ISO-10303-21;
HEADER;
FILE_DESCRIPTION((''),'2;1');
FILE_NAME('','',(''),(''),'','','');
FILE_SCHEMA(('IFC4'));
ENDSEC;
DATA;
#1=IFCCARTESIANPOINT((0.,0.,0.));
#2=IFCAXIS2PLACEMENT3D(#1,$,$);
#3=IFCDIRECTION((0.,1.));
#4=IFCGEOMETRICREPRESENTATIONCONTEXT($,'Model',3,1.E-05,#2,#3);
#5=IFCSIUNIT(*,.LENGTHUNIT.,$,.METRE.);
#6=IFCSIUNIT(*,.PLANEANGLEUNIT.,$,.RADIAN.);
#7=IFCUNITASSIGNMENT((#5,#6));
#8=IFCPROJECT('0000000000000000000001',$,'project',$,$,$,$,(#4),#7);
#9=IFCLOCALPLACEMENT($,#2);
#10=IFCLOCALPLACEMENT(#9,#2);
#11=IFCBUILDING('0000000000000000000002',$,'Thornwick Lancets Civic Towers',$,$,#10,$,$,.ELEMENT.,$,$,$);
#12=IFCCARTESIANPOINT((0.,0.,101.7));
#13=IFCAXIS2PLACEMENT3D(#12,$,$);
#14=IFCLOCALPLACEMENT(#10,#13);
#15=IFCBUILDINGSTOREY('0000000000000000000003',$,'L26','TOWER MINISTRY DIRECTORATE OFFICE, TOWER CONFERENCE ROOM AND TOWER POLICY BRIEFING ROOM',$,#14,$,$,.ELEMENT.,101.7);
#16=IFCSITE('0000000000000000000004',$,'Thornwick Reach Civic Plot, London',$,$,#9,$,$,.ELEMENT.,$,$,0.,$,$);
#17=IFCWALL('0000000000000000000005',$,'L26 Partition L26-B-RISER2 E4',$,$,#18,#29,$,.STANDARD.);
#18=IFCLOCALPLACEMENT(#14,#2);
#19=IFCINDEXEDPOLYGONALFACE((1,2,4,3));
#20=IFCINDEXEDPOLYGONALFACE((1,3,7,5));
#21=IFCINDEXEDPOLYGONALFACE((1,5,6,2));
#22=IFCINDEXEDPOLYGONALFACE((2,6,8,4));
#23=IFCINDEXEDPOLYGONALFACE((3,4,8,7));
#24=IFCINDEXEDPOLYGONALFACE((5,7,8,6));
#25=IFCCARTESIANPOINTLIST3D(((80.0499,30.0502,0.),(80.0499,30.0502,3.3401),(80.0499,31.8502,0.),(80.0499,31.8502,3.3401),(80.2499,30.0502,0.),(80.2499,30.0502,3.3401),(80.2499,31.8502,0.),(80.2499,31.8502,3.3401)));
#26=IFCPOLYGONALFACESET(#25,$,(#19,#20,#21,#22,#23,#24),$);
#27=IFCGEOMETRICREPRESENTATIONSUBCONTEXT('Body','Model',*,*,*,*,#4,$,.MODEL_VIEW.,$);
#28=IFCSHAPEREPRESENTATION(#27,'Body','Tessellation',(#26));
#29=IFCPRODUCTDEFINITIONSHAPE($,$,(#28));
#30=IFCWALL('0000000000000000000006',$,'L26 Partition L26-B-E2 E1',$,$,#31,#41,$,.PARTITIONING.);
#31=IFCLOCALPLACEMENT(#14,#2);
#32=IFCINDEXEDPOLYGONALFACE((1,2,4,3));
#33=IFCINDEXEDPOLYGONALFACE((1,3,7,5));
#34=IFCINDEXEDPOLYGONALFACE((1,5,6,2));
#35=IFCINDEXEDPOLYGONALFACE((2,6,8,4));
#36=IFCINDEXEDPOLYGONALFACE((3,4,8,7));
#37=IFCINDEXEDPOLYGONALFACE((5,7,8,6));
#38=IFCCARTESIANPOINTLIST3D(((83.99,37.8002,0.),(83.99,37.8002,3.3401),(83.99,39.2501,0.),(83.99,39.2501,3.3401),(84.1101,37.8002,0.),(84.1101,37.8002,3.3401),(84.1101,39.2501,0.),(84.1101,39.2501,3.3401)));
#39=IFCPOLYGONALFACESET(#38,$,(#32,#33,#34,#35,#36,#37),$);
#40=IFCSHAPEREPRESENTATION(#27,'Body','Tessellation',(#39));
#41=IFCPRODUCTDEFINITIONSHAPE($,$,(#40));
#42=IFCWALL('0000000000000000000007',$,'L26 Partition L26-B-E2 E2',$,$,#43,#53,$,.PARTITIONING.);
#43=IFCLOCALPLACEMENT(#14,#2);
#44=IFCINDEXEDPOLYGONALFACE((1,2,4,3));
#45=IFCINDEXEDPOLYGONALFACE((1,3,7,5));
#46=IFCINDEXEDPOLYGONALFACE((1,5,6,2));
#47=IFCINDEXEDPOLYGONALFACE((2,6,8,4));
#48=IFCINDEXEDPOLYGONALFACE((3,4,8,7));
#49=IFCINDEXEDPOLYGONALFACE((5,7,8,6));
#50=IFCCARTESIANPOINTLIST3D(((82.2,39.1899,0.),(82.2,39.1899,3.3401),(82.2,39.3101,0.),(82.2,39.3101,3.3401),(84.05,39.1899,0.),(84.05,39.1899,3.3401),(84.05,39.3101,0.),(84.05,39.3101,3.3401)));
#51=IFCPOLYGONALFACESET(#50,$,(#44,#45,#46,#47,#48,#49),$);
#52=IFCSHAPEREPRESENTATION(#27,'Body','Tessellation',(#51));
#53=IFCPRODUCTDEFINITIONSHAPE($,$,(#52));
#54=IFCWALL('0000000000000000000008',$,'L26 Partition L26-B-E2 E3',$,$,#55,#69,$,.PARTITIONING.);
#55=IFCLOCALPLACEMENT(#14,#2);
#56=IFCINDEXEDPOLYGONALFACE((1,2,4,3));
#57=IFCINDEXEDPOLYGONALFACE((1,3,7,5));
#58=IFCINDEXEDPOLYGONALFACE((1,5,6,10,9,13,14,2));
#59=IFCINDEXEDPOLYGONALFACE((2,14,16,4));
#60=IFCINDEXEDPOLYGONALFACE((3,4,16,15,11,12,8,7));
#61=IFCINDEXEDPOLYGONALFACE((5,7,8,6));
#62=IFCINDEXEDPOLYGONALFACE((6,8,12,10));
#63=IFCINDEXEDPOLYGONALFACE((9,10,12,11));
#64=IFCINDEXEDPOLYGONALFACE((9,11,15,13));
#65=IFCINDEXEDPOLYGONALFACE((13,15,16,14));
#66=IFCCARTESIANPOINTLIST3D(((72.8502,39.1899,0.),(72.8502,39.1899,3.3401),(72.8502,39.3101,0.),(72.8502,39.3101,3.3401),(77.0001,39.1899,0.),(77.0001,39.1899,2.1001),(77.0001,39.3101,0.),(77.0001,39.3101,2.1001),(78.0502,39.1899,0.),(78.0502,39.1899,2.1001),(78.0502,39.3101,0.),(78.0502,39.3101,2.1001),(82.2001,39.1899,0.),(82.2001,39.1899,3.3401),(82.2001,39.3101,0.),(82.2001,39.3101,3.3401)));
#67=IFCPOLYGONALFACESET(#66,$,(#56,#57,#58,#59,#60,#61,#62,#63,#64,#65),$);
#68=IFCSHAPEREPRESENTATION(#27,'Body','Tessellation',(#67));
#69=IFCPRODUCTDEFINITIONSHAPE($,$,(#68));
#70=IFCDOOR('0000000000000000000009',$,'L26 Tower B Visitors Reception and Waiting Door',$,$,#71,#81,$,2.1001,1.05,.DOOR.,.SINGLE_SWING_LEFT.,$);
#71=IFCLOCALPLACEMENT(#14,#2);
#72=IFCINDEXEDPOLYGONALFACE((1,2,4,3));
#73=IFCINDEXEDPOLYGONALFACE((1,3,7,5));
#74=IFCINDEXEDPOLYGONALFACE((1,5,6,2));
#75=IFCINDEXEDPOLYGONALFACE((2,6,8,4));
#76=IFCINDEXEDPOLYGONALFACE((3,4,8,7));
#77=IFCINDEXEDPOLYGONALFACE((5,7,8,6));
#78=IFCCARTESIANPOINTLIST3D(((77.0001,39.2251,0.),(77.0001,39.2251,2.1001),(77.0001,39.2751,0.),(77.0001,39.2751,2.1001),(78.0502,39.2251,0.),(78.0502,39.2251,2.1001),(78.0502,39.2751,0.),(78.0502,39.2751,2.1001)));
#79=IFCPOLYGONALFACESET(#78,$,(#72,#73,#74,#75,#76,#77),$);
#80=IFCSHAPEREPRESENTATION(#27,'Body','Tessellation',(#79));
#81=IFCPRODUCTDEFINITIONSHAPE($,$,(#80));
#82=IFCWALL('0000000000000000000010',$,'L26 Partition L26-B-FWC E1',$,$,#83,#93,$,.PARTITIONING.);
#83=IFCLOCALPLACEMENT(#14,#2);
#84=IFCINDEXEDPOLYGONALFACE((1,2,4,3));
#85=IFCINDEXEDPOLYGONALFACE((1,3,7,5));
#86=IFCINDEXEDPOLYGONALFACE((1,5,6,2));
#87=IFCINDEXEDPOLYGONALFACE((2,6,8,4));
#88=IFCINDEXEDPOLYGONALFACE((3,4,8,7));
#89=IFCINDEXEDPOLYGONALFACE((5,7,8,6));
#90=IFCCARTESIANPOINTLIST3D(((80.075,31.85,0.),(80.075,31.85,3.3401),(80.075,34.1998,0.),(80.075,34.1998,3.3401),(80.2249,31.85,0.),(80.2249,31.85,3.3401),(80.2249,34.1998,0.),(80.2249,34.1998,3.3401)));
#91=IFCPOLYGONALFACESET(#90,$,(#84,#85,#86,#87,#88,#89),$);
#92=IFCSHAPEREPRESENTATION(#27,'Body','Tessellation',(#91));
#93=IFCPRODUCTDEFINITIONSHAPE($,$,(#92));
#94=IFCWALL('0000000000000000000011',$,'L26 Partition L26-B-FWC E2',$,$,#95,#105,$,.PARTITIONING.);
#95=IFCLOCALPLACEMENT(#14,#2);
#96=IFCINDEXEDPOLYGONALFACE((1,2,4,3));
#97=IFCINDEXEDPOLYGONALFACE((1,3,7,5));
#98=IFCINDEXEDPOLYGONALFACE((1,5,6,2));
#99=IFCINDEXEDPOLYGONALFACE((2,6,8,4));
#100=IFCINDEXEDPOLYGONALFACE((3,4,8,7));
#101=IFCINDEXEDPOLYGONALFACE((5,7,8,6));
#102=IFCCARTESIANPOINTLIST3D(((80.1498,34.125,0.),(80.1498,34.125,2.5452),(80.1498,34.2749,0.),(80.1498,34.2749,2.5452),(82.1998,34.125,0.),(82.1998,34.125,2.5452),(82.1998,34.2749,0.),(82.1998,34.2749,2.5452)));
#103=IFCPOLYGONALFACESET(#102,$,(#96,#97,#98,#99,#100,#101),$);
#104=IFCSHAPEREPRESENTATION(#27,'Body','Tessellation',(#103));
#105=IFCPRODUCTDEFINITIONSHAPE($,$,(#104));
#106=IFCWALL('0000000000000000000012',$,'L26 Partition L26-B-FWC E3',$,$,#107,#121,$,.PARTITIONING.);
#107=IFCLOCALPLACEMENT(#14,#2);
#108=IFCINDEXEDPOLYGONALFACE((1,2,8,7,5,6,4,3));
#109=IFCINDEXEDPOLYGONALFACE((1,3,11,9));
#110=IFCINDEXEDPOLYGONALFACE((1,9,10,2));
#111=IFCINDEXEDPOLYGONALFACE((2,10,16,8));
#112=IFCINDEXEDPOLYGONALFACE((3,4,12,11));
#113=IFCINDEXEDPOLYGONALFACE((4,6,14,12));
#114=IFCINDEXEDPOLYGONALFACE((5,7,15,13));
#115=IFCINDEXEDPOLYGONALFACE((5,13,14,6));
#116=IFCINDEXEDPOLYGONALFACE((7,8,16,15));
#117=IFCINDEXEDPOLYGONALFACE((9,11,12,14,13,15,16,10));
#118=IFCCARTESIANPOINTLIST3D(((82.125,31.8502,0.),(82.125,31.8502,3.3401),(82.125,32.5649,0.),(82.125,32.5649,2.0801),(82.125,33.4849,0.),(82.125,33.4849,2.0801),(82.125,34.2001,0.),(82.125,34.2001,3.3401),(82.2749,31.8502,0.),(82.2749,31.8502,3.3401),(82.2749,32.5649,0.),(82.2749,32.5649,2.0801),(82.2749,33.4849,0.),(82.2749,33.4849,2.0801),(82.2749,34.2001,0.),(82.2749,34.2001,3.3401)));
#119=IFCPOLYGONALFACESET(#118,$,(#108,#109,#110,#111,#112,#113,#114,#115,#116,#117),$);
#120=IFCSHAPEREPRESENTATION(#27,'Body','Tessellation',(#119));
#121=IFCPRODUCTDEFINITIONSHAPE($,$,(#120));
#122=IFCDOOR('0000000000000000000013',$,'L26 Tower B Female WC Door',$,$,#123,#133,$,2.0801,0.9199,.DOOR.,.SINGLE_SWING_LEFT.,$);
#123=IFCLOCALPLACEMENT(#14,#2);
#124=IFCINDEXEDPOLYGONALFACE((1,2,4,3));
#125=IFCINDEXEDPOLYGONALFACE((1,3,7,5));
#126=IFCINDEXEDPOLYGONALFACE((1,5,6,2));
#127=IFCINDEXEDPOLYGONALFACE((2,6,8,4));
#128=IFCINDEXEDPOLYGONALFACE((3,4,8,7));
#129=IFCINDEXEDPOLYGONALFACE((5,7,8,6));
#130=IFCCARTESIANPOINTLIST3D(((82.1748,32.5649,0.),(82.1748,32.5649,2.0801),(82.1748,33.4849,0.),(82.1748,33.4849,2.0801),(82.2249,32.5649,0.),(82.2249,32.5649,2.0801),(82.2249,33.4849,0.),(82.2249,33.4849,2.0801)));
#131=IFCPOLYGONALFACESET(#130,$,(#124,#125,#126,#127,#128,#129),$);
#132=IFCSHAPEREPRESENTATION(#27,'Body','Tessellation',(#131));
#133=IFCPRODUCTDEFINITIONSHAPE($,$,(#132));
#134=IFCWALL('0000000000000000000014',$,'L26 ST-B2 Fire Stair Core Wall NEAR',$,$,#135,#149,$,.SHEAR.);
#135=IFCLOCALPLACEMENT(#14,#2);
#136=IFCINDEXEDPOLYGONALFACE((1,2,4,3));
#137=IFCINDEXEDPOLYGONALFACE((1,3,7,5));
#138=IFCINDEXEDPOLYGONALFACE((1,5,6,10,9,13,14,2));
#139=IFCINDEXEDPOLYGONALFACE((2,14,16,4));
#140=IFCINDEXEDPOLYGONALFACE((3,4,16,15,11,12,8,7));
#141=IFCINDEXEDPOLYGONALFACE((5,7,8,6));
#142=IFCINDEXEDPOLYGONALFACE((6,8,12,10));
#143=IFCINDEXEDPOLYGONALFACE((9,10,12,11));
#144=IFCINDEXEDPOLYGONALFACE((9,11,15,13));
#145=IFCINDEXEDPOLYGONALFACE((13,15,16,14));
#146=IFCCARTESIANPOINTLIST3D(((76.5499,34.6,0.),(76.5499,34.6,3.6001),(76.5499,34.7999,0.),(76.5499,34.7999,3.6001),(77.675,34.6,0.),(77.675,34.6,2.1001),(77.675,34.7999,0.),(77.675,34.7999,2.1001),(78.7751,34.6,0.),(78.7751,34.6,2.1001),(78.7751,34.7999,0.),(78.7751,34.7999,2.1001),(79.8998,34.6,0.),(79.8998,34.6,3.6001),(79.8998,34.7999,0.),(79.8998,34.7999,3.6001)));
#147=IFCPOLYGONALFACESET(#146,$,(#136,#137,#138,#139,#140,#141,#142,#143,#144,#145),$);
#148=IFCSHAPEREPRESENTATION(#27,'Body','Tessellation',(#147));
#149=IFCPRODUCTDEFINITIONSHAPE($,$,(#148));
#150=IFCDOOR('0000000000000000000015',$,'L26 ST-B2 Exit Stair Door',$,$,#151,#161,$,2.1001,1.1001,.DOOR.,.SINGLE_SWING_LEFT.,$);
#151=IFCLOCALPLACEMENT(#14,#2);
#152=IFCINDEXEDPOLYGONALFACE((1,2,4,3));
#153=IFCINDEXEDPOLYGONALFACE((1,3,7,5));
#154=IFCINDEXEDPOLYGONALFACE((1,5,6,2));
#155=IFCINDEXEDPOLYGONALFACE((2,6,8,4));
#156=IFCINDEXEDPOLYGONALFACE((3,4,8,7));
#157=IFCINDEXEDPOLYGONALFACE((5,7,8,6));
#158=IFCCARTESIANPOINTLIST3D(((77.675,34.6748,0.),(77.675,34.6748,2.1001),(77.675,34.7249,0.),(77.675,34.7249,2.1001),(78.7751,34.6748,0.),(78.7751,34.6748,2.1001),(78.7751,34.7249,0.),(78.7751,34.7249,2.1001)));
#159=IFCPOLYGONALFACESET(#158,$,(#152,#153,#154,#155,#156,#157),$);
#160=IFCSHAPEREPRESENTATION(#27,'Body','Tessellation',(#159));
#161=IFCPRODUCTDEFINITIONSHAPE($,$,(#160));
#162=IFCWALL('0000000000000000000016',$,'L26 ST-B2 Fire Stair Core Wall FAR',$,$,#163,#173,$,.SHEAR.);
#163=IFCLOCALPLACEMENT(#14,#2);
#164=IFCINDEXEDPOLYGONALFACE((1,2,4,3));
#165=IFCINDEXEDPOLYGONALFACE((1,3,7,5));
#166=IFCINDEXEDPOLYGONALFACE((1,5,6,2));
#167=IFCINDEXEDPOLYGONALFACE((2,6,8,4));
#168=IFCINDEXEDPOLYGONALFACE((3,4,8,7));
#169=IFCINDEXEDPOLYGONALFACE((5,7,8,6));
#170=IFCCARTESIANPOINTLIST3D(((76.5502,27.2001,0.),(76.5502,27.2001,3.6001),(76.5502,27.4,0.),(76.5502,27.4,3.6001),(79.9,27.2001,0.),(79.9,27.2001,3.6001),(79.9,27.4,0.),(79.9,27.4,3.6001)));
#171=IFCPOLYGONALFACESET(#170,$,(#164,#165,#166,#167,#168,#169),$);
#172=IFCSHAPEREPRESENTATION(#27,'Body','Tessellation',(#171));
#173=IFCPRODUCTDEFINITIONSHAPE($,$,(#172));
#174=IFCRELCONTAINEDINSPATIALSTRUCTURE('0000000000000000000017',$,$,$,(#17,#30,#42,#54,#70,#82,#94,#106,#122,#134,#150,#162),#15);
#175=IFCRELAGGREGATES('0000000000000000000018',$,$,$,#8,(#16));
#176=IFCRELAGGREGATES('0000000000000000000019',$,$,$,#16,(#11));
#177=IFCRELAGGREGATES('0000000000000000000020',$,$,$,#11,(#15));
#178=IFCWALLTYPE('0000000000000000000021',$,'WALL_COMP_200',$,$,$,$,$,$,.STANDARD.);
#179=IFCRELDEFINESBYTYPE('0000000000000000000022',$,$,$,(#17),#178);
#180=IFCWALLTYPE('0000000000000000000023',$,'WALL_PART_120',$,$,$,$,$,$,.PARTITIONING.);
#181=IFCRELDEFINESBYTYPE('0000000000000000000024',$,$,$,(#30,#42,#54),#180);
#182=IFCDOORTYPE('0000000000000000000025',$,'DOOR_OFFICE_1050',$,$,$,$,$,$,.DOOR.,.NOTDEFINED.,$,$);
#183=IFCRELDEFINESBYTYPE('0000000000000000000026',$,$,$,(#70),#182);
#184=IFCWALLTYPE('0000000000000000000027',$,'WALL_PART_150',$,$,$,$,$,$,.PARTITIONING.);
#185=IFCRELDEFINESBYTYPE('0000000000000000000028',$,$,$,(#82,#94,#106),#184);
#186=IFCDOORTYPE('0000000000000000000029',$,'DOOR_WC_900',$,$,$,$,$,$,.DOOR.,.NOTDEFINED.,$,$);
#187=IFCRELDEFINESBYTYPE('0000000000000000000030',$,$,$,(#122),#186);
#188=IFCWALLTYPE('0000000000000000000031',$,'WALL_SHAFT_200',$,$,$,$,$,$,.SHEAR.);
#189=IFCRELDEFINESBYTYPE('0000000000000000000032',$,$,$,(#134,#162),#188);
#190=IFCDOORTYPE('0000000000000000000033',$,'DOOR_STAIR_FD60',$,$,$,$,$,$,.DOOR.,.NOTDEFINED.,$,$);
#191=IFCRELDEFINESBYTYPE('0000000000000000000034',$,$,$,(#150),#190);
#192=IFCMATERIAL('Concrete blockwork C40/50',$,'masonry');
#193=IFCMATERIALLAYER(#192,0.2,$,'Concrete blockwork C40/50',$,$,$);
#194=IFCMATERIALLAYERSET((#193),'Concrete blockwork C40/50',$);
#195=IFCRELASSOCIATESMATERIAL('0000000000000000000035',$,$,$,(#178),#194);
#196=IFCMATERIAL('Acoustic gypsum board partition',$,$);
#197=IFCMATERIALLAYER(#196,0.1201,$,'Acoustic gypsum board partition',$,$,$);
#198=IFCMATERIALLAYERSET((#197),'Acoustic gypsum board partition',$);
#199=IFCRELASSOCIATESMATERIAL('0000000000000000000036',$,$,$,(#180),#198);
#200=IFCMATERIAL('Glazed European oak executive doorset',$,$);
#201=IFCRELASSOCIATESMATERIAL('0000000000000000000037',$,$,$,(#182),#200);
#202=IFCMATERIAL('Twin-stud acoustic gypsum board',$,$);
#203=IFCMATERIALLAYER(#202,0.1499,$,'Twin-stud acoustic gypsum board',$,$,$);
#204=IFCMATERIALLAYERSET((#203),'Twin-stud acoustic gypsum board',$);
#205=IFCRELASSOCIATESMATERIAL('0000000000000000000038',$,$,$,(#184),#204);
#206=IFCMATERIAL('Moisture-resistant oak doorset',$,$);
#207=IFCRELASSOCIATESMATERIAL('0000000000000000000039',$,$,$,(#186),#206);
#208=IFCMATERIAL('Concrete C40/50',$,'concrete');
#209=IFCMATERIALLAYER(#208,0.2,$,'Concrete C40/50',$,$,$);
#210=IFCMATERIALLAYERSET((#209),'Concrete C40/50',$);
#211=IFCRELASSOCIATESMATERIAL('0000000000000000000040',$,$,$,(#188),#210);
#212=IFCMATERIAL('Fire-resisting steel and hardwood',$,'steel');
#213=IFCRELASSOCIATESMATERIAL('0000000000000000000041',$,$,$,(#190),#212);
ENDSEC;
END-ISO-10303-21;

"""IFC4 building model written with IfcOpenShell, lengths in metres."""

from ifc_helpers import new_model, si_unit, direction, frame, frame_2d, origin, place, context, subcontext, project, spatial, rectangle, extrude, material, layer, layer_set, type_object, element, fill, save


model = new_model("IFC4")

# Units and contexts
model_context = context("Model", 3, precision=1e-05, world=origin(), true_north=direction((0.0, 1.0)))
body_context = subcontext(model_context, "Body", "Model", "MODEL_VIEW")
ifc_project = project(units=[si_unit("LENGTHUNIT", "METRE"), si_unit("PLANEANGLEUNIT", "RADIAN")], contexts=[model_context])

# Site, building, storey
site_placement = place(None, origin())
site = spatial("IfcSite", under=ifc_project, at=site_placement, Name="Thornwick Reach Civic Plot, London", CompositionType="ELEMENT", RefElevation=0.0)
building_placement = place(site_placement, origin())
building = spatial("IfcBuilding", under=site, at=building_placement, Name="Thornwick Lancets Civic Towers", CompositionType="ELEMENT")
storey_placement = place(building_placement, frame((0.0, 0.0, 101.7)))
storey = spatial("IfcBuildingStorey", under=building, at=storey_placement, Name="L26", Description="TOWER MINISTRY DIRECTORATE OFFICE, TOWER CONFERENCE ROOM AND TOWER POLICY BRIEFING ROOM", CompositionType="ELEMENT", Elevation=101.7)

# Shared definitions
ifc_material_1 = material(Name="Concrete blockwork C40/50", Category="masonry")
ifc_layer_1 = layer(ifc_material_1, 0.2, Name="Concrete blockwork C40/50")
ifc_layer_set_1 = layer_set([ifc_layer_1], Name="Concrete blockwork C40/50")
wall_type_1 = type_object("IfcWallType", Name="WALL_COMP_200", PredefinedType="STANDARD", material=ifc_layer_set_1)

# Walls
wall_1_placement = place(storey_placement, frame((80.1499, 31.8501, 0.0), z_axis=(0.0, 0.0, 1.0), x_axis=(0.0, -1.0, 0.0)))
element("IfcWall", 1, at=wall_1_placement, inside=storey, type_object=wall_type_1, Name="L26 Partition L26-B-RISER2 E4", PredefinedType="STANDARD", context=body_context, shape_type="SweptSolid", body=[
    extrude(rectangle(XDim=1.8, YDim=0.2, at=frame_2d((0.8999, 0.0))), origin(), (0.0, 0.0, 1.0), 3.3401),
])
ifc_material_2 = material(Name="Acoustic gypsum board partition")
ifc_layer_2 = layer(ifc_material_2, 0.1201, Name="Acoustic gypsum board partition")
ifc_layer_set_2 = layer_set([ifc_layer_2], Name="Acoustic gypsum board partition")
wall_type_2 = type_object("IfcWallType", Name="WALL_PART_120", PredefinedType="PARTITIONING", material=ifc_layer_set_2)
wall_2_placement = place(storey_placement, frame((84.05, 37.8, 0.0), z_axis=(0.0, 0.0, 1.0), x_axis=(0.0, 1.0, 0.0)))
element("IfcWall", 2, at=wall_2_placement, inside=storey, type_object=wall_type_2, Name="L26 Partition L26-B-E2 E1", PredefinedType="PARTITIONING", context=body_context, shape_type="SweptSolid", body=[
    extrude(rectangle(XDim=1.45, YDim=0.1201, at=frame_2d((0.7251, 0.0))), origin(), (0.0, 0.0, 1.0), 3.3401),
])
wall_3_placement = place(storey_placement, frame((84.05, 39.25, 0.0), z_axis=(0.0, 0.0, 1.0), x_axis=(-1.0, 0.0, 0.0)))
element("IfcWall", 3, at=wall_3_placement, inside=storey, type_object=wall_type_2, Name="L26 Partition L26-B-E2 E2", PredefinedType="PARTITIONING", context=body_context, shape_type="SweptSolid", body=[
    extrude(rectangle(XDim=1.8501, YDim=0.1201, at=frame_2d((0.925, 0.0))), origin(), (0.0, 0.0, 1.0), 3.3401),
])

# Wall, opening, door
wall_4_placement = place(storey_placement, frame((82.2, 39.25, 0.0), z_axis=(0.0, 0.0, 1.0), x_axis=(-1.0, 0.0, 0.0)))
wall_4 = element("IfcWall", 4, at=wall_4_placement, inside=storey, type_object=wall_type_2, Name="L26 Partition L26-B-E2 E3", PredefinedType="PARTITIONING", context=body_context, shape_type="SweptSolid", body=[
    extrude(rectangle(XDim=9.3499, YDim=0.1201, at=frame_2d((4.6748, 0.0))), origin(), (0.0, 0.0, 1.0), 3.3401),
])
opening_1_placement = place(wall_4_placement, frame((4.1499, 0.0, 0.0)))
opening_1 = element("IfcOpeningElement", 5, at=opening_1_placement, cuts=wall_4, PredefinedType="OPENING", context=body_context, shape_type="SweptSolid", body=[
    extrude(rectangle(XDim=1.05, YDim=2.1001, at=frame_2d((0.5249, 1.05))), frame((0.0, 0.0701, 0.0), z_axis=(0.0, -1.0, 0.0), x_axis=(1.0, 0.0, 0.0)), (0.0, 0.0, 1.0), 0.1401),
])
ifc_material_3 = material(Name="Glazed European oak executive doorset")
door_type_1 = type_object("IfcDoorType", Name="DOOR_OFFICE_1050", OperationType="NOTDEFINED", PredefinedType="DOOR", material=ifc_material_3)
door_1_placement = place(opening_1_placement, origin())
door_1 = element("IfcDoor", 6, at=door_1_placement, inside=storey, type_object=door_type_1, Name="L26 Tower B Visitors Reception and Waiting Door", OperationType="SINGLE_SWING_LEFT", OverallHeight=2.1001, OverallWidth=1.05, PredefinedType="DOOR", context=body_context, shape_type="SweptSolid", body=[
    extrude(rectangle(XDim=1.05, YDim=2.1001, at=frame_2d((0.5249, 1.05))), frame((0.0, 0.0249, 0.0), z_axis=(0.0, -1.0, 0.0), x_axis=(1.0, 0.0, 0.0)), (0.0, 0.0, 1.0), 0.05),
])
fill(opening_1, door_1)

# Walls
ifc_material_4 = material(Name="Twin-stud acoustic gypsum board")
ifc_layer_3 = layer(ifc_material_4, 0.1499, Name="Twin-stud acoustic gypsum board")
ifc_layer_set_3 = layer_set([ifc_layer_3], Name="Twin-stud acoustic gypsum board")
wall_type_3 = type_object("IfcWallType", Name="WALL_PART_150", PredefinedType="PARTITIONING", material=ifc_layer_set_3)
wall_5_placement = place(storey_placement, frame((80.1499, 31.8501, 0.0), z_axis=(0.0, 0.0, 1.0), x_axis=(0.0, 1.0, 0.0)))
element("IfcWall", 7, at=wall_5_placement, inside=storey, type_object=wall_type_3, Name="L26 Partition L26-B-FWC E1", PredefinedType="PARTITIONING", context=body_context, shape_type="SweptSolid", body=[
    extrude(rectangle(XDim=2.3499, YDim=0.1499, at=frame_2d((1.1748, 0.0))), origin(), (0.0, 0.0, 1.0), 3.3401),
])
wall_6_placement = place(storey_placement, frame((80.1499, 34.2, 0.0), z_axis=(0.0, 0.0, 1.0), x_axis=(1.0, 0.0, 0.0)))
element("IfcWall", 8, at=wall_6_placement, inside=storey, type_object=wall_type_3, Name="L26 Partition L26-B-FWC E2", PredefinedType="PARTITIONING", context=body_context, shape_type="SweptSolid", body=[
    extrude(rectangle(XDim=2.05, YDim=0.1499, at=frame_2d((1.0249, 0.0))), origin(), (0.0, 0.0, 1.0), 2.5452),
])

# Walls, openings, doors
wall_7_placement = place(storey_placement, frame((82.2, 34.2, 0.0), z_axis=(0.0, 0.0, 1.0), x_axis=(0.0, -1.0, 0.0)))
wall_7 = element("IfcWall", 9, at=wall_7_placement, inside=storey, type_object=wall_type_3, Name="L26 Partition L26-B-FWC E3", PredefinedType="PARTITIONING", context=body_context, shape_type="SweptSolid", body=[
    extrude(rectangle(XDim=2.3499, YDim=0.1499, at=frame_2d((1.1748, 0.0))), origin(), (0.0, 0.0, 1.0), 3.3401),
])
opening_2_placement = place(wall_7_placement, frame((0.7151, 0.0, 0.0)))
opening_2 = element("IfcOpeningElement", 10, at=opening_2_placement, cuts=wall_7, PredefinedType="OPENING", context=body_context, shape_type="SweptSolid", body=[
    extrude(rectangle(XDim=0.9199, YDim=2.0801, at=frame_2d((0.46, 1.04))), frame((0.0, 0.085, 0.0), z_axis=(0.0, -1.0, 0.0), x_axis=(1.0, 0.0, 0.0)), (0.0, 0.0, 1.0), 0.1699),
])
ifc_material_5 = material(Name="Moisture-resistant oak doorset")
door_type_2 = type_object("IfcDoorType", Name="DOOR_WC_900", OperationType="NOTDEFINED", PredefinedType="DOOR", material=ifc_material_5)
door_2_placement = place(opening_2_placement, origin())
door_2 = element("IfcDoor", 11, at=door_2_placement, inside=storey, type_object=door_type_2, Name="L26 Tower B Female WC Door", OperationType="SINGLE_SWING_LEFT", OverallHeight=2.0801, OverallWidth=0.9199, PredefinedType="DOOR", context=body_context, shape_type="SweptSolid", body=[
    extrude(rectangle(XDim=0.9199, YDim=2.0801, at=frame_2d((0.46, 1.04))), frame((0.0, 0.0249, 0.0), z_axis=(0.0, -1.0, 0.0), x_axis=(1.0, 0.0, 0.0)), (0.0, 0.0, 1.0), 0.05),
])
fill(opening_2, door_2)
ifc_material_6 = material(Name="Concrete C40/50", Category="concrete")
ifc_layer_4 = layer(ifc_material_6, 0.2, Name="Concrete C40/50")
ifc_layer_set_4 = layer_set([ifc_layer_4], Name="Concrete C40/50")
wall_type_4 = type_object("IfcWallType", Name="WALL_SHAFT_200", PredefinedType="SHEAR", material=ifc_layer_set_4)
wall_8_placement = place(storey_placement, frame((76.55, 34.7, 0.0), z_axis=(0.0, 0.0, 1.0), x_axis=(1.0, 0.0, 0.0)))
wall_8 = element("IfcWall", 12, at=wall_8_placement, inside=storey, type_object=wall_type_4, Name="L26 ST-B2 Fire Stair Core Wall NEAR", PredefinedType="SHEAR", context=body_context, shape_type="SweptSolid", body=[
    extrude(rectangle(XDim=3.3499, YDim=0.2, at=frame_2d((1.6748, 0.0))), origin(), (0.0, 0.0, 1.0), 3.6001),
])
opening_3_placement = place(wall_8_placement, frame((1.125, 0.0, 0.0)))
opening_3 = element("IfcOpeningElement", 13, at=opening_3_placement, cuts=wall_8, PredefinedType="OPENING", context=body_context, shape_type="SweptSolid", body=[
    extrude(rectangle(XDim=1.1001, YDim=2.1001, at=frame_2d((0.55, 1.05))), frame((0.0, 0.1099, 0.0), z_axis=(0.0, -1.0, 0.0), x_axis=(1.0, 0.0, 0.0)), (0.0, 0.0, 1.0), 0.22),
])
ifc_material_7 = material(Name="Fire-resisting steel and hardwood", Category="steel")
door_type_3 = type_object("IfcDoorType", Name="DOOR_STAIR_FD60", OperationType="NOTDEFINED", PredefinedType="DOOR", material=ifc_material_7)
door_3_placement = place(opening_3_placement, origin())
door_3 = element("IfcDoor", 14, at=door_3_placement, inside=storey, type_object=door_type_3, Name="L26 ST-B2 Exit Stair Door", OperationType="SINGLE_SWING_LEFT", OverallHeight=2.1001, OverallWidth=1.1001, PredefinedType="DOOR", context=body_context, shape_type="SweptSolid", body=[
    extrude(rectangle(XDim=1.1001, YDim=2.1001, at=frame_2d((0.55, 1.05))), frame((0.0, 0.0249, 0.0), z_axis=(0.0, -1.0, 0.0), x_axis=(1.0, 0.0, 0.0)), (0.0, 0.0, 1.0), 0.05),
])
fill(opening_3, door_3)

# Wall
wall_9_placement = place(storey_placement, frame((79.8999, 27.3, 0.0), z_axis=(0.0, 0.0, 1.0), x_axis=(-1.0, 0.0, 0.0)))
element("IfcWall", 15, at=wall_9_placement, inside=storey, type_object=wall_type_4, Name="L26 ST-B2 Fire Stair Core Wall FAR", PredefinedType="SHEAR", context=body_context, shape_type="SweptSolid", body=[
    extrude(rectangle(XDim=3.3499, YDim=0.2, at=frame_2d((1.6748, 0.0))), origin(), (0.0, 0.0, 1.0), 3.6001),
])

save(model, "model.ifc")
